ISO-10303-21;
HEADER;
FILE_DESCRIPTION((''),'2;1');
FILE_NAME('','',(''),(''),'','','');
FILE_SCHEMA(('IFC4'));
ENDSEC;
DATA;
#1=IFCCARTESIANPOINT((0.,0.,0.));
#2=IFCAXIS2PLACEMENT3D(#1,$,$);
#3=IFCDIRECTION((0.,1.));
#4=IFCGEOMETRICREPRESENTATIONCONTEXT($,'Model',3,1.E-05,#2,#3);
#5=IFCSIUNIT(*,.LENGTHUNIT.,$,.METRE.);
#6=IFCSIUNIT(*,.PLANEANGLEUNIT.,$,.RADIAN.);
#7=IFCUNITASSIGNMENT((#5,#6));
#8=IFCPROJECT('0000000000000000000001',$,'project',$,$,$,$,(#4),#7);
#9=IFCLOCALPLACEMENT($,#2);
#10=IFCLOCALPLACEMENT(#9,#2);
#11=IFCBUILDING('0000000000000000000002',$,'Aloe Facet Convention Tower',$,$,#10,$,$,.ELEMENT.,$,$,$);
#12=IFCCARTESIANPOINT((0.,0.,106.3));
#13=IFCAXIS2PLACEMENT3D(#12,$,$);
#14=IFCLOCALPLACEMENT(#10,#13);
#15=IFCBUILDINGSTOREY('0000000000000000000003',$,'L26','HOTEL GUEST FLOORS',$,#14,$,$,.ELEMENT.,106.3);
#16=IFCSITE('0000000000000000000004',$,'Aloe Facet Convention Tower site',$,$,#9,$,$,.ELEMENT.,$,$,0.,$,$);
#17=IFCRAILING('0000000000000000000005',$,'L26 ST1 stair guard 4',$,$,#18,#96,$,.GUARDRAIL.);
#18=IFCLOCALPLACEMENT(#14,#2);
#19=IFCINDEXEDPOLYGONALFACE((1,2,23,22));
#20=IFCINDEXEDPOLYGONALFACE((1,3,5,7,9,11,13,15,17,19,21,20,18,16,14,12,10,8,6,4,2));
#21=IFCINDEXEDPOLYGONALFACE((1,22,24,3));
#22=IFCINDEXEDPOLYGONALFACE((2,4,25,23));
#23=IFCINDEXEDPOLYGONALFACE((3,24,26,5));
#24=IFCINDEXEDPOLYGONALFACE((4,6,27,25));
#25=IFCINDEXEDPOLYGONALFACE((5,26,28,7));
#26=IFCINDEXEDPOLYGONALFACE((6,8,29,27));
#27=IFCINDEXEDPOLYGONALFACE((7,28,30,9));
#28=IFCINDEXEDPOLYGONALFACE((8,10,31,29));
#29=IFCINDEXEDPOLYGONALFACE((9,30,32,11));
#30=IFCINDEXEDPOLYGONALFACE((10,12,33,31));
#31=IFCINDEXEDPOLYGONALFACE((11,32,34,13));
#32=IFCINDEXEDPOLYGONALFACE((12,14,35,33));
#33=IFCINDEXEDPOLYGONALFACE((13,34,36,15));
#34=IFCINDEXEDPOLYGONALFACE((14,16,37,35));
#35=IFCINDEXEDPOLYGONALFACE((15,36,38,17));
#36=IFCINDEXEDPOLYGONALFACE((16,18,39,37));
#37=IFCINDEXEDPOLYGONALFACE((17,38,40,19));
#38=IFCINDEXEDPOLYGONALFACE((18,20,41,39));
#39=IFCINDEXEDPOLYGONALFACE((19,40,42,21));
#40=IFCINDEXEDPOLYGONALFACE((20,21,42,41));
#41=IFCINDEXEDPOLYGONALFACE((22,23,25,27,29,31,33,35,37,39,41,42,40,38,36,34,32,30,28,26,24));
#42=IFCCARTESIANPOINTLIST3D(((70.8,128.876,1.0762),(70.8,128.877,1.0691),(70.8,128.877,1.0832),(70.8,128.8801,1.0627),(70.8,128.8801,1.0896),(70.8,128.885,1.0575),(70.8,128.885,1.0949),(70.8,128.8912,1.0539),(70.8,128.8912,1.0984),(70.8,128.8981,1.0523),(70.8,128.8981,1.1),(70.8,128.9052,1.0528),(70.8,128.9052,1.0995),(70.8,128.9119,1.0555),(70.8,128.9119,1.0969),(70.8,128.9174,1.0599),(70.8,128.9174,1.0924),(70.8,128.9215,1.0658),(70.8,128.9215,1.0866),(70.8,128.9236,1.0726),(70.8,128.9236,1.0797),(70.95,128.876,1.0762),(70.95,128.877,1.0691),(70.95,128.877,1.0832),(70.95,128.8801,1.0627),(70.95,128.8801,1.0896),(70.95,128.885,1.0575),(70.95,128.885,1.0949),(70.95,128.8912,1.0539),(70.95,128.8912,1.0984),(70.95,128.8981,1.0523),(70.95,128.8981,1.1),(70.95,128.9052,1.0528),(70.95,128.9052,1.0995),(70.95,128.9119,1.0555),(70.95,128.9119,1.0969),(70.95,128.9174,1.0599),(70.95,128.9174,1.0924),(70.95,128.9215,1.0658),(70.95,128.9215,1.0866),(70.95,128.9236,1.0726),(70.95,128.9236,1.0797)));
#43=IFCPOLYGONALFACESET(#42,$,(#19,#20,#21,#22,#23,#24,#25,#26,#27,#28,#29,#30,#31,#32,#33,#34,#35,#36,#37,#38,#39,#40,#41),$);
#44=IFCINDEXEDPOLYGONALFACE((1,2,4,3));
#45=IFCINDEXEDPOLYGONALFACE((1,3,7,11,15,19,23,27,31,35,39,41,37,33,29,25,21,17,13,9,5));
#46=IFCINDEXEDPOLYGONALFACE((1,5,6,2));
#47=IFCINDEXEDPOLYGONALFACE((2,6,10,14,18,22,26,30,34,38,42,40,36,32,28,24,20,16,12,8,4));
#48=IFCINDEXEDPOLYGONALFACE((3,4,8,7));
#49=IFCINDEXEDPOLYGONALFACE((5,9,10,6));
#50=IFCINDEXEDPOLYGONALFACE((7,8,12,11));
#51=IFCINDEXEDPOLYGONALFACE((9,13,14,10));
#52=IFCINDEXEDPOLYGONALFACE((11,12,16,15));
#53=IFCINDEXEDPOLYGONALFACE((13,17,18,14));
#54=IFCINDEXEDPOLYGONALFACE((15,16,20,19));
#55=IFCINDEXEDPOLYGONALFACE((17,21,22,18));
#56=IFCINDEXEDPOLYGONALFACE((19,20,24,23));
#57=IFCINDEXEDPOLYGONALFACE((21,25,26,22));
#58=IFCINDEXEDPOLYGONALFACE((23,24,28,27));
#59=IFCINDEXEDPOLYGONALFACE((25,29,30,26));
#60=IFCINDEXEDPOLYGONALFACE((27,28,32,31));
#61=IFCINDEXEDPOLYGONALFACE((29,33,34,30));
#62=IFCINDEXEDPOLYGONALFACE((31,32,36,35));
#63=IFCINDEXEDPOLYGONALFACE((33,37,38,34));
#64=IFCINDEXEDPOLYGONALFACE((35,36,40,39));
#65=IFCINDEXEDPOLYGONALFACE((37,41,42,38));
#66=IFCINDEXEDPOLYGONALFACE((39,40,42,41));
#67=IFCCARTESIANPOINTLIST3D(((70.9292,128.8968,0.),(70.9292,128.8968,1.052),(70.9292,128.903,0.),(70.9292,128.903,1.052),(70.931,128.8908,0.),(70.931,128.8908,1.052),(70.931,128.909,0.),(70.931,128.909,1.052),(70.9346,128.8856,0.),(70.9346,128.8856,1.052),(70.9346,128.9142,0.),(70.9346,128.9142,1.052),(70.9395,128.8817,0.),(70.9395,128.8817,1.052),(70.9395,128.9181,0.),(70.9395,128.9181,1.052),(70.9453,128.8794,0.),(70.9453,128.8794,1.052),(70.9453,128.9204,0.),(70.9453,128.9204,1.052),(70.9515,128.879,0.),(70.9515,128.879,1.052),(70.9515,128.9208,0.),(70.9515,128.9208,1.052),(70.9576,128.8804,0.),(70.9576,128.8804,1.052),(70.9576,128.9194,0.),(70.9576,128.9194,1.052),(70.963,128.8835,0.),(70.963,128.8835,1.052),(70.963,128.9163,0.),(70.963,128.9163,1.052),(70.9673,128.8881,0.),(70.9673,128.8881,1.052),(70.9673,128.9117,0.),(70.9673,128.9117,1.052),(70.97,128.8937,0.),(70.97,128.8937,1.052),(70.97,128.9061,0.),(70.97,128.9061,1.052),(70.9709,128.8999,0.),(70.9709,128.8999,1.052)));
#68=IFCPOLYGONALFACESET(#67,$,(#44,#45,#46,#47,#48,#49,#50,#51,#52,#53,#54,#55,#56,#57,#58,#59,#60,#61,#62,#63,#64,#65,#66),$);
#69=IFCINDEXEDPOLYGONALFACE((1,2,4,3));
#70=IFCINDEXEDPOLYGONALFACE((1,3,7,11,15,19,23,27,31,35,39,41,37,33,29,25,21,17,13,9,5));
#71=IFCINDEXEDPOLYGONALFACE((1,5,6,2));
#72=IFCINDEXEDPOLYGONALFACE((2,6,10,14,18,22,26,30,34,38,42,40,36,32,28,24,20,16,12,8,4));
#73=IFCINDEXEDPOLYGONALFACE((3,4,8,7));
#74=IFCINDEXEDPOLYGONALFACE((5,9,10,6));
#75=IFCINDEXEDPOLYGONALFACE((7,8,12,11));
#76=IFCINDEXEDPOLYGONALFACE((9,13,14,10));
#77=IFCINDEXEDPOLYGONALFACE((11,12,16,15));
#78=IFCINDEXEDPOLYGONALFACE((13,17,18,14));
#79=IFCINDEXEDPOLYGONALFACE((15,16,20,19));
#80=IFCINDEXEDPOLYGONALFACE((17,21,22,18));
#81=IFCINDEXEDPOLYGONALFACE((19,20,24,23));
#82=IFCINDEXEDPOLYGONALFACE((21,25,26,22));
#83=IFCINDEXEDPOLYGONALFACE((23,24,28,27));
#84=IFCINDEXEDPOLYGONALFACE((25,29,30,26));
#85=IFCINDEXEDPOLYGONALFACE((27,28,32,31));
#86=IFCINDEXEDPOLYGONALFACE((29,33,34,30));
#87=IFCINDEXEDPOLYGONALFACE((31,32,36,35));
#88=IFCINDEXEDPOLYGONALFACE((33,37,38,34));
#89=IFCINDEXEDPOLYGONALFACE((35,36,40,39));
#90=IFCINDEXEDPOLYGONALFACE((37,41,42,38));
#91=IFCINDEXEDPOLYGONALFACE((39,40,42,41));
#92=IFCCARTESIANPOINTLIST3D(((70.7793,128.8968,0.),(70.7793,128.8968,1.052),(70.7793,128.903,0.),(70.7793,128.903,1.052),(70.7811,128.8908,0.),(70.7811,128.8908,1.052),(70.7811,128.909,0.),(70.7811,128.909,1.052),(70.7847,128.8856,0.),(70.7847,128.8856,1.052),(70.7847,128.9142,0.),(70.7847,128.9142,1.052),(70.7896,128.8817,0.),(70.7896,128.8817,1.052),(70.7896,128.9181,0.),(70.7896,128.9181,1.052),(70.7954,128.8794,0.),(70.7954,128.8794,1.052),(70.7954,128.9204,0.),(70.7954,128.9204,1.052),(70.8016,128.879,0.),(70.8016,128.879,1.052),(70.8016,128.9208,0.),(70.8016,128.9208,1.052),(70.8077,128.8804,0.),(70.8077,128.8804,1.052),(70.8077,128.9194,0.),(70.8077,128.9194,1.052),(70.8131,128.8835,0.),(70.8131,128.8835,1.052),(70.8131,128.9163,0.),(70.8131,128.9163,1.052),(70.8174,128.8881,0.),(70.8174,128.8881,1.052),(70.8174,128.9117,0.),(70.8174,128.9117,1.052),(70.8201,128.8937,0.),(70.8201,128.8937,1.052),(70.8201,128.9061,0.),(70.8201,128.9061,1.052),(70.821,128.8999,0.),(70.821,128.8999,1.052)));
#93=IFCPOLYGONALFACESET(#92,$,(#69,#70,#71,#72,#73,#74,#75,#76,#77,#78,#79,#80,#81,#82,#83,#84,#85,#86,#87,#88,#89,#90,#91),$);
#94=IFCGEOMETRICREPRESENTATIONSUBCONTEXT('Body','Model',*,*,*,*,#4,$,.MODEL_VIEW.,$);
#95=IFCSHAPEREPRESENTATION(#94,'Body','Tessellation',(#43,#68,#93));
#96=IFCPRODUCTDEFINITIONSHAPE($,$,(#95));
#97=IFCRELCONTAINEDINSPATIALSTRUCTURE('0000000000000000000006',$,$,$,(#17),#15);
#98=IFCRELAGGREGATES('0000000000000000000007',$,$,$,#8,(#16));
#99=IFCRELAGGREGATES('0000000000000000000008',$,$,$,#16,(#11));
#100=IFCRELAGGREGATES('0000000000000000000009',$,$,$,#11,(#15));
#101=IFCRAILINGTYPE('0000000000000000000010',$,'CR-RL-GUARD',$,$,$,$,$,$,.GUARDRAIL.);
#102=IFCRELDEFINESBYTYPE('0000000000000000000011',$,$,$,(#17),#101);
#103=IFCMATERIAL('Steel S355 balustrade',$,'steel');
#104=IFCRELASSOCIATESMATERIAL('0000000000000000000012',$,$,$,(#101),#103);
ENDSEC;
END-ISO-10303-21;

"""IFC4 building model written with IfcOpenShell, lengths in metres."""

from ifc_helpers import new_model, si_unit, direction, frame, origin, origin_2d, place, context, subcontext, project, spatial, circle, extrude, material, type_object, element, save


model = new_model("IFC4")

# Units and contexts
model_context = context("Model", 3, precision=1e-05, world=origin(), true_north=direction((0.0, 1.0)))
body_context = subcontext(model_context, "Body", "Model", "MODEL_VIEW")
ifc_project = project(units=[si_unit("LENGTHUNIT", "METRE"), si_unit("PLANEANGLEUNIT", "RADIAN")], contexts=[model_context])

# Site, building, storey
site_placement = place(None, origin())
site = spatial("IfcSite", under=ifc_project, at=site_placement, Name="Aloe Facet Convention Tower site", CompositionType="ELEMENT", RefElevation=0.0)
building_placement = place(site_placement, origin())
building = spatial("IfcBuilding", under=site, at=building_placement, Name="Aloe Facet Convention Tower", CompositionType="ELEMENT")
storey_placement = place(building_placement, frame((0.0, 0.0, 106.3)))
storey = spatial("IfcBuildingStorey", under=building, at=storey_placement, Name="L26", Description="HOTEL GUEST FLOORS", CompositionType="ELEMENT", Elevation=106.3)

# Railing
ifc_material_1 = material(Name="Steel S355 balustrade", Category="steel")
railing_type_1 = type_object("IfcRailingType", Name="CR-RL-GUARD", PredefinedType="GUARDRAIL", material=ifc_material_1)
railing_1_placement = place(storey_placement, frame((70.95, 128.8999, 0.0)))
element("IfcRailing", 1, at=railing_1_placement, inside=storey, type_object=railing_type_1, Name="L26 ST1 stair guard 4", PredefinedType="GUARDRAIL", context=body_context, shape_type="SweptSolid", body=[
    extrude(circle(Radius=0.0239, at=origin_2d()), frame((0.0, 0.0, 1.0762), z_axis=(-1.0, 0.0, 0.0), x_axis=(0.0, -1.0, 0.0)), (0.0, 0.0, 1.0), 0.1499),
    extrude(circle(Radius=0.021, at=origin_2d()), origin(), (0.0, 0.0, 1.0), 1.052),
    extrude(circle(Radius=0.021, at=origin_2d()), frame((-0.1499, 0.0, 0.0)), (0.0, 0.0, 1.0), 1.052),
])

save(model, "model.ifc")
